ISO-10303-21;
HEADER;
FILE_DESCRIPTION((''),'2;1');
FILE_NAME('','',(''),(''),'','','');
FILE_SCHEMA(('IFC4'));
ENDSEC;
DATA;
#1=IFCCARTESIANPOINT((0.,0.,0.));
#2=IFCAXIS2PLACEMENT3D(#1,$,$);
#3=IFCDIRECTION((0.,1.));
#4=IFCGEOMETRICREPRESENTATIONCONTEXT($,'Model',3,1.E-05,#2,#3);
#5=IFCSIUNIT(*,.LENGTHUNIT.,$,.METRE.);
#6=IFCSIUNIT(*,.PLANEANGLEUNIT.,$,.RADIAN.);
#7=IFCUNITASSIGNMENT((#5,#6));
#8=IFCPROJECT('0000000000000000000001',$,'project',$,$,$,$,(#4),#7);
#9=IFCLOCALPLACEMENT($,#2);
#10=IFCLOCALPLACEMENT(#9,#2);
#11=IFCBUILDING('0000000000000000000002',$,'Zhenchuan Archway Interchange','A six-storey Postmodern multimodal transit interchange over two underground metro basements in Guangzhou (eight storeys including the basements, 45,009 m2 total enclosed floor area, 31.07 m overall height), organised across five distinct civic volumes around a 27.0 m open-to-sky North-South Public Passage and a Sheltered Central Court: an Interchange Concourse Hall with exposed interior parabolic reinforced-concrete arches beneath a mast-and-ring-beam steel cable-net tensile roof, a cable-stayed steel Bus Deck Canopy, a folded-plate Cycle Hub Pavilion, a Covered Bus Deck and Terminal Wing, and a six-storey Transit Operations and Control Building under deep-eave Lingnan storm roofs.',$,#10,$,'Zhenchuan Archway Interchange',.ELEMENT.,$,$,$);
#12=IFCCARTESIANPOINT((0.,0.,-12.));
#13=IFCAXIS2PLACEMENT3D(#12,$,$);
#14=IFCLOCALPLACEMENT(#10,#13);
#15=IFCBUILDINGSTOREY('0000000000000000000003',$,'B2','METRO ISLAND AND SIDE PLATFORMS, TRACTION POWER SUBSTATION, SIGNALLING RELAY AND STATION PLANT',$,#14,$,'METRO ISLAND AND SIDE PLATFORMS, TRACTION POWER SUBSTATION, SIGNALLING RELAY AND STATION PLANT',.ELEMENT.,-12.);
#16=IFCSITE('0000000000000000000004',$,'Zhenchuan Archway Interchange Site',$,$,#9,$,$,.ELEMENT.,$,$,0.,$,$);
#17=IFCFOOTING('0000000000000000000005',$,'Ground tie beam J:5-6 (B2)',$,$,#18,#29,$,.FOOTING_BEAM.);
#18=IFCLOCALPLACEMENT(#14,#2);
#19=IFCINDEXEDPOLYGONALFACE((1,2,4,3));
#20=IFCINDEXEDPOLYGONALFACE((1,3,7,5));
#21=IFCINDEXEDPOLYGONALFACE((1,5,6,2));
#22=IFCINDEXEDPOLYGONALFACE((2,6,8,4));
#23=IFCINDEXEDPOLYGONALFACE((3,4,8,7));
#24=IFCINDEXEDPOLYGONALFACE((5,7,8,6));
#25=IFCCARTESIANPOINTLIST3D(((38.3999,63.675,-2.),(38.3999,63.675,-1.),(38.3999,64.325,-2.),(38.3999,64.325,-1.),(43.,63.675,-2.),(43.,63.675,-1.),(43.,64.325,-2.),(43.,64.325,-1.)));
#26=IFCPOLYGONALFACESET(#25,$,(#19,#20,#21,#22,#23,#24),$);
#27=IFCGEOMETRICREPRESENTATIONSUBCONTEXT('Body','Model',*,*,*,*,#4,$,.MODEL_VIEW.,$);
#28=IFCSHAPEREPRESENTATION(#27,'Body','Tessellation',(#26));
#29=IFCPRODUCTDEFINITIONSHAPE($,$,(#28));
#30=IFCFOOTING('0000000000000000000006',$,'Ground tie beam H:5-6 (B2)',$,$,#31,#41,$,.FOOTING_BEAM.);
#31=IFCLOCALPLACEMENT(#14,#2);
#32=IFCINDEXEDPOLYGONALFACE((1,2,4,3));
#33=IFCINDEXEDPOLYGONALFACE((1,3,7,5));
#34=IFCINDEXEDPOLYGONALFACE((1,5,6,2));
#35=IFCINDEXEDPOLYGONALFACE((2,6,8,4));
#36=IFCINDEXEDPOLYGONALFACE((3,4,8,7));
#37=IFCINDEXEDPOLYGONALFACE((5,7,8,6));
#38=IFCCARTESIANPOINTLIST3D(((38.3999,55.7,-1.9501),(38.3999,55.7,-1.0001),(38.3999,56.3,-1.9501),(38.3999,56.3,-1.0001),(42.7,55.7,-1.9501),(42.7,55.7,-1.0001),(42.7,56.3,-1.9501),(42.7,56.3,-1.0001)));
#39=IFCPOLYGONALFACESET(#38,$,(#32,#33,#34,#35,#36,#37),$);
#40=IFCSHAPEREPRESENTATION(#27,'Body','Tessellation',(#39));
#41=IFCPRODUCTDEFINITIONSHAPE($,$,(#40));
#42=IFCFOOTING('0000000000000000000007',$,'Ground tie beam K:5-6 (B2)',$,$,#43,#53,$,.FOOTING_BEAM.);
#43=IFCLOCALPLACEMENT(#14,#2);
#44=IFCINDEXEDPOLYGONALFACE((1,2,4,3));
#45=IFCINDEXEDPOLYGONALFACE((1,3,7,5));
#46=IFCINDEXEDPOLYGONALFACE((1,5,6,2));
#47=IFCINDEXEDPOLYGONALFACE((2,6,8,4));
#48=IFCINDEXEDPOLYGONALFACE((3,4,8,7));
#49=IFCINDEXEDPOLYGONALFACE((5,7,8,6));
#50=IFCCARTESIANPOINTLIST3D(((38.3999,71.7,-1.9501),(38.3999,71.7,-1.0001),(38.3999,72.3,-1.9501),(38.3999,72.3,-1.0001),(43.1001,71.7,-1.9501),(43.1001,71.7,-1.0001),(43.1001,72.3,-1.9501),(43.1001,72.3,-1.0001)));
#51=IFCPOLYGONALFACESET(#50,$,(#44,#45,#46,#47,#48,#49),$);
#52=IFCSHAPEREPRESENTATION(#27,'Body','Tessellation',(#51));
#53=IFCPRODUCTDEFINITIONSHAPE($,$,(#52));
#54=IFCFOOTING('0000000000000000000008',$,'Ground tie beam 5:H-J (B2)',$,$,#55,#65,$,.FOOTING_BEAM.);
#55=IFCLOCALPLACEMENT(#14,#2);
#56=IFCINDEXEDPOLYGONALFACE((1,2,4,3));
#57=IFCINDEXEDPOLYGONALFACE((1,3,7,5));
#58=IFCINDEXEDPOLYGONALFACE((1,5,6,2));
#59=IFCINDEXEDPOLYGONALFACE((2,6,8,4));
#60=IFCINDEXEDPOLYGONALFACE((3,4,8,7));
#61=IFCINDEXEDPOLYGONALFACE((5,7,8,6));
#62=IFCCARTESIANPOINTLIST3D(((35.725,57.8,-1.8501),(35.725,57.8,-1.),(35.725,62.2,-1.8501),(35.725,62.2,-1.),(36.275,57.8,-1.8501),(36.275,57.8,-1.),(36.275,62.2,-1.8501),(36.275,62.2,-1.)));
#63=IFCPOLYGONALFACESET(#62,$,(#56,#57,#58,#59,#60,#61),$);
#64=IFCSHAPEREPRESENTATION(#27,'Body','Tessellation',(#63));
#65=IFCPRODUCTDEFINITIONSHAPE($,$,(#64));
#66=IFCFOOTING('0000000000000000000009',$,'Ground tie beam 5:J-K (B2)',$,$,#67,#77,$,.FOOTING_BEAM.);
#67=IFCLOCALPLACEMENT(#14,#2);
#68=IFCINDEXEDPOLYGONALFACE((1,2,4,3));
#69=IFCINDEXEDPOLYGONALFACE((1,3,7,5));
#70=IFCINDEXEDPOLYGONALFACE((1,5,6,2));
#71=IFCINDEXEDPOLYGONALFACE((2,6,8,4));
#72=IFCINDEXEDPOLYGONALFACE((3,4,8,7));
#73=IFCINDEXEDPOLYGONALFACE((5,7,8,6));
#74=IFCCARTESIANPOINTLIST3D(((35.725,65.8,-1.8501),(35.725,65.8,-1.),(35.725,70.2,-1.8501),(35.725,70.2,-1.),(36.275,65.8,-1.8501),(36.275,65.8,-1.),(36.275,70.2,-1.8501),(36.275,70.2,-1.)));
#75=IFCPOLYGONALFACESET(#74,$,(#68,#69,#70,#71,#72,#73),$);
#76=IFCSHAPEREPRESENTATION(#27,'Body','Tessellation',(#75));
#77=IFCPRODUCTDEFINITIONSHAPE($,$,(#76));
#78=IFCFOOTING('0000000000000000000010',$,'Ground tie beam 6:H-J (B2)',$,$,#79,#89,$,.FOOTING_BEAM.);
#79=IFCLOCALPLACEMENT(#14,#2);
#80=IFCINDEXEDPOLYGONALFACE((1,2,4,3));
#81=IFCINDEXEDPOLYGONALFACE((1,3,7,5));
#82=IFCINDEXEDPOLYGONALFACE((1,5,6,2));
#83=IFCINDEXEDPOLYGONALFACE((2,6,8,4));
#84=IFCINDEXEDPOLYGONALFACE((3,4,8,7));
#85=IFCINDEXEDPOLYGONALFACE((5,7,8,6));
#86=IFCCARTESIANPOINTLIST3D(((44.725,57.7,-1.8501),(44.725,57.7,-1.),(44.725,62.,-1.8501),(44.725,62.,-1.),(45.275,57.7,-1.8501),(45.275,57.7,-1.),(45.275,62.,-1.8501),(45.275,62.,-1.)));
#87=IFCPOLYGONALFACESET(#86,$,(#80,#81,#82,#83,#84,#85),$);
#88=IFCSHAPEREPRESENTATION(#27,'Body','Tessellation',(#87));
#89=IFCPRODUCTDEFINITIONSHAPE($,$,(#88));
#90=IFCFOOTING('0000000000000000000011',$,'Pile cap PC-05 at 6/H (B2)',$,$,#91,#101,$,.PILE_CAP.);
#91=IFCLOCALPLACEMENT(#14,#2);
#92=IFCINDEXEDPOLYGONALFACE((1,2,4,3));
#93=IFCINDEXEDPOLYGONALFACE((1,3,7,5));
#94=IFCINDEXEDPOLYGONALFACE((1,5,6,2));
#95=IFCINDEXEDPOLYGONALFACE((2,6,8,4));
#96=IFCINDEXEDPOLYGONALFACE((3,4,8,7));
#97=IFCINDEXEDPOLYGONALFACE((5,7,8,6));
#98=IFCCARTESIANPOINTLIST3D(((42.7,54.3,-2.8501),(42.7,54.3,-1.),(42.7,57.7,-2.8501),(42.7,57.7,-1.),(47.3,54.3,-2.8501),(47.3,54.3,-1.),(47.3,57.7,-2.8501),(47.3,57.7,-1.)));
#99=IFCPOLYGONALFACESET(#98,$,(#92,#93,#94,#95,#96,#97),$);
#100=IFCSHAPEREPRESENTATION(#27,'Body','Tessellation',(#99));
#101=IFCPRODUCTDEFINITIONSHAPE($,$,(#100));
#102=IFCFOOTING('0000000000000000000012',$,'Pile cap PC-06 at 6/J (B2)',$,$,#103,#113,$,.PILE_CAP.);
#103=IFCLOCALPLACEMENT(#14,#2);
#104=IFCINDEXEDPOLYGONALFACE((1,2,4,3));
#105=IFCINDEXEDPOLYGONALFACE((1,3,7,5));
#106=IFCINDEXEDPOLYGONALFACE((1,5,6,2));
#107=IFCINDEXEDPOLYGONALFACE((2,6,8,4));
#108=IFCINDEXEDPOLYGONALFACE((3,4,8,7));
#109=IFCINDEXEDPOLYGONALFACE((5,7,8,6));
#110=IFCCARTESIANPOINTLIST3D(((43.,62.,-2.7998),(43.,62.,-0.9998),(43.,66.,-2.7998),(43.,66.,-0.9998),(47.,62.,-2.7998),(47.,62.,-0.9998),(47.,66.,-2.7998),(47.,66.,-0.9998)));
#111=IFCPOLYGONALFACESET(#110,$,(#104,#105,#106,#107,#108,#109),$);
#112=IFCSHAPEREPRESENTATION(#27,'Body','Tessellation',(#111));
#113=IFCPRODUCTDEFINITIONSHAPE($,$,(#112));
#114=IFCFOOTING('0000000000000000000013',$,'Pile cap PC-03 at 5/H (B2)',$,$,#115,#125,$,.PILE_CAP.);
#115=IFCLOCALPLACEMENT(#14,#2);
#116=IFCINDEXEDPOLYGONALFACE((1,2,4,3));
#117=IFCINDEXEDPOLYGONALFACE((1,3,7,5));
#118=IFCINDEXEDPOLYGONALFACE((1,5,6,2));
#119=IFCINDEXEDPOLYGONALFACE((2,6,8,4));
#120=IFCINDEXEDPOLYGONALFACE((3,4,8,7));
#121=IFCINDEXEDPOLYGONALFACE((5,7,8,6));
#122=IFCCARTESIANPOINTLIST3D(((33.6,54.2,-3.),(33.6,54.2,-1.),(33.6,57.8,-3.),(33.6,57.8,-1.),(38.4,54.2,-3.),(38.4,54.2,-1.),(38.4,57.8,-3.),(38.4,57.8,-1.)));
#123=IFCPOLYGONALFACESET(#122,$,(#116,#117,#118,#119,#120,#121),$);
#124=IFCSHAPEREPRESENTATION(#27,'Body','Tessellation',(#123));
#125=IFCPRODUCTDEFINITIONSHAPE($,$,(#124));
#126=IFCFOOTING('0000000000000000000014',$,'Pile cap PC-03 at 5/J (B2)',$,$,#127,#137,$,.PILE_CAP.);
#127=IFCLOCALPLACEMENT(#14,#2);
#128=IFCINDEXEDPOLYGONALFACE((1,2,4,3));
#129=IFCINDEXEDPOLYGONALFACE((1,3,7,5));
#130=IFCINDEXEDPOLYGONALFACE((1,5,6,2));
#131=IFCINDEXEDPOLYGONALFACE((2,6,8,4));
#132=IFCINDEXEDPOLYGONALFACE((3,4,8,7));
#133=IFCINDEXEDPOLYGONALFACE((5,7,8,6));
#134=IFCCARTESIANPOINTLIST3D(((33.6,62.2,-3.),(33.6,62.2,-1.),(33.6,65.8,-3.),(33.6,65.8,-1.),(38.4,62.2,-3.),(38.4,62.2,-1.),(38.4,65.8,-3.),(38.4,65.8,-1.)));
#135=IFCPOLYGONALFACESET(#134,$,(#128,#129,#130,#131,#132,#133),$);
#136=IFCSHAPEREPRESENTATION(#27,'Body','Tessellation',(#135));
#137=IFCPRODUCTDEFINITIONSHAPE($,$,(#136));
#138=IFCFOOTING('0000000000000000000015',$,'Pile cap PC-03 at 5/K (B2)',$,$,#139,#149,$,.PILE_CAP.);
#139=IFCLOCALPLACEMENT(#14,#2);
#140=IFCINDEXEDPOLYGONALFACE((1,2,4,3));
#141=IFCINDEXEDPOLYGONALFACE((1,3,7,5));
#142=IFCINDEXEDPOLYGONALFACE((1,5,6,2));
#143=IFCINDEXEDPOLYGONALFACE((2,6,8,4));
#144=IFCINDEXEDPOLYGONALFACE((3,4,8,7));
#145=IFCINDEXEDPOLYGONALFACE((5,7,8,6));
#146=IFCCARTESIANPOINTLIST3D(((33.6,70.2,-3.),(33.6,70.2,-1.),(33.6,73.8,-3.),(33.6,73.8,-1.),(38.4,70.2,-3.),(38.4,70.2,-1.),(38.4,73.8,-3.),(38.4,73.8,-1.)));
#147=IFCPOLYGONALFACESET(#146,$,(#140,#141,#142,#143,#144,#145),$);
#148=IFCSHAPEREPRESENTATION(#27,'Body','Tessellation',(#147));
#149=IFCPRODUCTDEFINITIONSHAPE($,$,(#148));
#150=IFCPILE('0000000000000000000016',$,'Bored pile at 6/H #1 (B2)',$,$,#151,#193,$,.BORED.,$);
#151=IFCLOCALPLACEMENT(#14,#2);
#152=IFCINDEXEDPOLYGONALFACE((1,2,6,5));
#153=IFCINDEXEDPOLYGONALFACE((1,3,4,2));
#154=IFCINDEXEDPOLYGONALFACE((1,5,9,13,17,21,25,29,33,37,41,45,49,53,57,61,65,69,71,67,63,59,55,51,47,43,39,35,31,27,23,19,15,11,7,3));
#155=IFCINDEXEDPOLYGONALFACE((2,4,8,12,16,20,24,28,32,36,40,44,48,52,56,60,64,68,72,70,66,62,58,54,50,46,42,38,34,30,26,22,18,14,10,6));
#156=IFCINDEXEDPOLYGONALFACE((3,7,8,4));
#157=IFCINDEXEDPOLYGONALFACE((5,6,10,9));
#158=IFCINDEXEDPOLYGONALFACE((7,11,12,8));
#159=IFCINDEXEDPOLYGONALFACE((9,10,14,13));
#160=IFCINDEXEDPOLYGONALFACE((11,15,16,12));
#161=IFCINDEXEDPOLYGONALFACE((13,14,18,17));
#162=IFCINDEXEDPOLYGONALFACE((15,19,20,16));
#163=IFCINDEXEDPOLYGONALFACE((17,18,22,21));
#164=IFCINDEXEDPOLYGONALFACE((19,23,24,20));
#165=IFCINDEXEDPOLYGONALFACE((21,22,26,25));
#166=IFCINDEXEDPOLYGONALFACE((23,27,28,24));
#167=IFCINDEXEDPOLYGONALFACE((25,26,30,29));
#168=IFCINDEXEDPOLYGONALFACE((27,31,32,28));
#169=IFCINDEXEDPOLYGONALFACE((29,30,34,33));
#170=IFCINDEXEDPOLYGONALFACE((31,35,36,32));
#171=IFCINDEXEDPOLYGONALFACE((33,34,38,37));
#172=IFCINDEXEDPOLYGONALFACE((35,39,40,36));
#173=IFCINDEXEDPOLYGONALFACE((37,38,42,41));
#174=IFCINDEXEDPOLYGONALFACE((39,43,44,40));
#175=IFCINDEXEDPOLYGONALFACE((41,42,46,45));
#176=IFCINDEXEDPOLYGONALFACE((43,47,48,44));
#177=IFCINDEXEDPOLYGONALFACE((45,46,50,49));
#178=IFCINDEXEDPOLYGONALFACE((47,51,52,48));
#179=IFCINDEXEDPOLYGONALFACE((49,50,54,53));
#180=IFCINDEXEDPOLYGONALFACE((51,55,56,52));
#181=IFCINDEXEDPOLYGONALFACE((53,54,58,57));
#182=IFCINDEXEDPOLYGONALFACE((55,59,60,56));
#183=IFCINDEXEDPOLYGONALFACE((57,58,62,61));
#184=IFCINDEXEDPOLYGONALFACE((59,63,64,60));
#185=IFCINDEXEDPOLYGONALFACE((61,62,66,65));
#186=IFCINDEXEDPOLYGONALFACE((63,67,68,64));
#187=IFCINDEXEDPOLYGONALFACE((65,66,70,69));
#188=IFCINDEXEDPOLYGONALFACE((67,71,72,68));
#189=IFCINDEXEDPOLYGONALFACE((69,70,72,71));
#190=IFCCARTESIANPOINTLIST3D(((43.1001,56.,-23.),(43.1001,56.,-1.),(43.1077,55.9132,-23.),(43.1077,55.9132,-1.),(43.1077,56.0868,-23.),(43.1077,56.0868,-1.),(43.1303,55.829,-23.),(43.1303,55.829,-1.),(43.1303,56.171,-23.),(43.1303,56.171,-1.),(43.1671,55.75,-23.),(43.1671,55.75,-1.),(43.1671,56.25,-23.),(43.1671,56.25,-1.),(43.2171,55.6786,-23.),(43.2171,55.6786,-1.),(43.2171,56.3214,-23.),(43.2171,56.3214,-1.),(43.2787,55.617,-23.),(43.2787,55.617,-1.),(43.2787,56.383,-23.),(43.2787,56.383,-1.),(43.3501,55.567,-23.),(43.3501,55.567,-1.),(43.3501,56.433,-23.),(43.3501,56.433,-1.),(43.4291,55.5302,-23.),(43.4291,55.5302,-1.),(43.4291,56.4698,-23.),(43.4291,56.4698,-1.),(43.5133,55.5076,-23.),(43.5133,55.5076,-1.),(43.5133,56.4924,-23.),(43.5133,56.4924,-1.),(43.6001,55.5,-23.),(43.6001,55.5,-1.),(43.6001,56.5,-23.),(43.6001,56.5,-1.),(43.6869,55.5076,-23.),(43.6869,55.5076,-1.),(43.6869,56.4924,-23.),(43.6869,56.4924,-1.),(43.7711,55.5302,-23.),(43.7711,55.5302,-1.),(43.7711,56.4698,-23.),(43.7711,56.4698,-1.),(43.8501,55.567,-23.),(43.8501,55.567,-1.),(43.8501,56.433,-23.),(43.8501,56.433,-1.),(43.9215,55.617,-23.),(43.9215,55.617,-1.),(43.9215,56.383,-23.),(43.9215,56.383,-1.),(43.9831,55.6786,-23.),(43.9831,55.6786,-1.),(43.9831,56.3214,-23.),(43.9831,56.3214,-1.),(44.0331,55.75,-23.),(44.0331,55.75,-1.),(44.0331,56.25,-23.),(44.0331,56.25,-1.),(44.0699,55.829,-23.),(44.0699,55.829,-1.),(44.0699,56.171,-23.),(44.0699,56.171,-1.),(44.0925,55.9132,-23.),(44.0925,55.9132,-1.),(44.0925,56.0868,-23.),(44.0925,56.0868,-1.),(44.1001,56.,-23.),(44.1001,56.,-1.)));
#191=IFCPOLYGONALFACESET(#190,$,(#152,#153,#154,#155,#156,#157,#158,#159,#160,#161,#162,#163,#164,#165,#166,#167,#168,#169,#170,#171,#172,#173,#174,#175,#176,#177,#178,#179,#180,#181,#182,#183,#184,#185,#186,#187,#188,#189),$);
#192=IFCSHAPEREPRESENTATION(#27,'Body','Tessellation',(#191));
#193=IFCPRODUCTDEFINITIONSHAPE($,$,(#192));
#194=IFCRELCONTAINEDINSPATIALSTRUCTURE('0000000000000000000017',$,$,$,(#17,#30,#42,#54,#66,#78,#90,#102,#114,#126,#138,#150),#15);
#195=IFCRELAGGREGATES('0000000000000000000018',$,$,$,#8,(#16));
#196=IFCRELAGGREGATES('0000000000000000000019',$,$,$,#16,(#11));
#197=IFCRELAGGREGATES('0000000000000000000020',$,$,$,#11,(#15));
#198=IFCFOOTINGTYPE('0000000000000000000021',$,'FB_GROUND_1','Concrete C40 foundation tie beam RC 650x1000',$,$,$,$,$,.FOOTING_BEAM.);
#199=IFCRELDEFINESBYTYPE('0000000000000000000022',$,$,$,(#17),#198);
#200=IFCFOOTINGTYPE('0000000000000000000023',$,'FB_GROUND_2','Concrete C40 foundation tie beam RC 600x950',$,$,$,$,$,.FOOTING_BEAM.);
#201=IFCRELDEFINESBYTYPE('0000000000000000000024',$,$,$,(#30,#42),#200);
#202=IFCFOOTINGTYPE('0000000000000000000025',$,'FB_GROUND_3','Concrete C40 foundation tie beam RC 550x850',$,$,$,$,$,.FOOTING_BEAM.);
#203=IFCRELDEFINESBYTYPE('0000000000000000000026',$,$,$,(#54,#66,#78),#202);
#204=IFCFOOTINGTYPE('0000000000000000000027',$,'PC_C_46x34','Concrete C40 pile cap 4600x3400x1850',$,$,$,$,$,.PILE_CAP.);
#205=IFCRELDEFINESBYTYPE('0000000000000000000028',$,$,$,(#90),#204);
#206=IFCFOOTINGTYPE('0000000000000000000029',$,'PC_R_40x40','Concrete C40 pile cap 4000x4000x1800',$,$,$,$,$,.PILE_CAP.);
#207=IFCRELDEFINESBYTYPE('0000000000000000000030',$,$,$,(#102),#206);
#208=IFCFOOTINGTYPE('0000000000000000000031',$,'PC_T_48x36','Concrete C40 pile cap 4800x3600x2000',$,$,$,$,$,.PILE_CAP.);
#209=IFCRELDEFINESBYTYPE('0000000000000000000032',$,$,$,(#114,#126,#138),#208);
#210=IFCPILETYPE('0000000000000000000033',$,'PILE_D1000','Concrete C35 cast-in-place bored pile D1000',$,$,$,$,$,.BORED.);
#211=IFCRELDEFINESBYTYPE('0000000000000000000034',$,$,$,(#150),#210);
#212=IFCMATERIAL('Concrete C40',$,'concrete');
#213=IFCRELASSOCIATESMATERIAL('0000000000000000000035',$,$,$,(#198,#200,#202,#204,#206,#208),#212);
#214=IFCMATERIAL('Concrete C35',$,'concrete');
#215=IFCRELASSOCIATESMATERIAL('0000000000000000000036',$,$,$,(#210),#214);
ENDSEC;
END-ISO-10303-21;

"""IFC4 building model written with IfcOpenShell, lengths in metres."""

from ifc_helpers import new_model, si_unit, direction, frame, origin, origin_2d, place, context, subcontext, project, spatial, rectangle, circle, extrude, material, material_profile, profile_set, type_object, element, save


model = new_model("IFC4")

# Units and contexts
model_context = context("Model", 3, precision=1e-05, world=origin(), true_north=direction((0.0, 1.0)))
body_context = subcontext(model_context, "Body", "Model", "MODEL_VIEW")
ifc_project = project(units=[si_unit("LENGTHUNIT", "METRE"), si_unit("PLANEANGLEUNIT", "RADIAN")], contexts=[model_context])

# Site, building, storey
site_placement = place(None, origin())
site = spatial("IfcSite", under=ifc_project, at=site_placement, Name="Zhenchuan Archway Interchange Site", CompositionType="ELEMENT", RefElevation=0.0)
building_placement = place(site_placement, origin())
building = spatial("IfcBuilding", under=site, at=building_placement, Name="Zhenchuan Archway Interchange", Description="A six-storey Postmodern multimodal transit interchange over two underground metro basements in Guangzhou (eight storeys including the basements, 45,009 m2 total enclosed floor area, 31.07 m overall height), organised across five distinct civic volumes around a 27.0 m open-to-sky North-South Public Passage and a Sheltered Central Court: an Interchange Concourse Hall with exposed interior parabolic reinforced-concrete arches beneath a mast-and-ring-beam steel cable-net tensile roof, a cable-stayed steel Bus Deck Canopy, a folded-plate Cycle Hub Pavilion, a Covered Bus Deck and Terminal Wing, and a six-storey Transit Operations and Control Building under deep-eave Lingnan storm roofs.", LongName="Zhenchuan Archway Interchange", CompositionType="ELEMENT")
storey_placement = place(building_placement, frame((0.0, 0.0, -12.0)))
storey = spatial("IfcBuildingStorey", under=building, at=storey_placement, Name="B2", Description="METRO ISLAND AND SIDE PLATFORMS, TRACTION POWER SUBSTATION, SIGNALLING RELAY AND STATION PLANT", LongName="METRO ISLAND AND SIDE PLATFORMS, TRACTION POWER SUBSTATION, SIGNALLING RELAY AND STATION PLANT", CompositionType="ELEMENT", Elevation=-12.0)

# Footings
ifc_material_1 = material(Name="Concrete C40", Category="concrete")
ifc_material_profile_1 = material_profile(ifc_material_1, rectangle(XDim=0.6499, YDim=1.0, at=origin_2d()), Name="RC 650x1000")
ifc_profile_set_1 = profile_set([ifc_material_profile_1], Name="Concrete C40")
footing_type_1 = type_object("IfcFootingType", Name="FB_GROUND_1", Description="Concrete C40 foundation tie beam RC 650x1000", PredefinedType="FOOTING_BEAM", material=ifc_profile_set_1)
footing_1_placement = place(storey_placement, frame((38.3999, 64.0, -1.5), z_axis=(1.0, 0.0, 0.0), x_axis=(0.0, 1.0, 0.0)))
element("IfcFooting", 1, at=footing_1_placement, inside=storey, type_object=footing_type_1, Name="Ground tie beam J:5-6 (B2)", PredefinedType="FOOTING_BEAM", context=body_context, shape_type="SweptSolid", body=[
    extrude(rectangle(XDim=0.6499, YDim=1.0, at=origin_2d()), origin(), (0.0, 0.0, 1.0), 4.6001),
])
ifc_material_profile_2 = material_profile(ifc_material_1, rectangle(XDim=0.6001, YDim=0.95, at=origin_2d()), Name="RC 600x950")
ifc_profile_set_2 = profile_set([ifc_material_profile_2], Name="Concrete C40")
footing_type_2 = type_object("IfcFootingType", Name="FB_GROUND_2", Description="Concrete C40 foundation tie beam RC 600x950", PredefinedType="FOOTING_BEAM", material=ifc_profile_set_2)
footing_2_placement = place(storey_placement, frame((38.3999, 56.0, -1.4751), z_axis=(1.0, 0.0, 0.0), x_axis=(0.0, 1.0, 0.0)))
element("IfcFooting", 2, at=footing_2_placement, inside=storey, type_object=footing_type_2, Name="Ground tie beam H:5-6 (B2)", PredefinedType="FOOTING_BEAM", context=body_context, shape_type="SweptSolid", body=[
    extrude(rectangle(XDim=0.6001, YDim=0.95, at=origin_2d()), origin(), (0.0, 0.0, 1.0), 4.3),
])
footing_3_placement = place(storey_placement, frame((38.3999, 72.0, -1.4751), z_axis=(1.0, 0.0, 0.0), x_axis=(0.0, 1.0, 0.0)))
element("IfcFooting", 3, at=footing_3_placement, inside=storey, type_object=footing_type_2, Name="Ground tie beam K:5-6 (B2)", PredefinedType="FOOTING_BEAM", context=body_context, shape_type="SweptSolid", body=[
    extrude(rectangle(XDim=0.6001, YDim=0.95, at=origin_2d()), origin(), (0.0, 0.0, 1.0), 4.7002),
])
ifc_material_profile_3 = material_profile(ifc_material_1, rectangle(XDim=0.55, YDim=0.8501, at=origin_2d()), Name="RC 550x850")
ifc_profile_set_3 = profile_set([ifc_material_profile_3], Name="Concrete C40")
footing_type_3 = type_object("IfcFootingType", Name="FB_GROUND_3", Description="Concrete C40 foundation tie beam RC 550x850", PredefinedType="FOOTING_BEAM", material=ifc_profile_set_3)
for number, where, z_axis, x_axis, name in (
    (4, (36.0, 57.8, -1.425), (0.0, 1.0, 0.0), (-1.0, 0.0, 0.0), "Ground tie beam 5:H-J (B2)"),
    (5, (36.0, 65.8, -1.425), (0.0, 1.0, 0.0), (-1.0, 0.0, 0.0), "Ground tie beam 5:J-K (B2)"),
):
    element("IfcFooting", number, at=place(storey_placement, frame(where, z_axis=z_axis, x_axis=x_axis)), inside=storey, type_object=footing_type_3, Name=name, PredefinedType="FOOTING_BEAM", context=body_context, shape_type="SweptSolid", body=[
        extrude(rectangle(XDim=0.55, YDim=0.8501, at=origin_2d()), origin(), (0.0, 0.0, 1.0), 4.3999),
    ])
footing_4_placement = place(storey_placement, frame((45.0, 57.7, -1.425), z_axis=(0.0, 1.0, 0.0), x_axis=(-1.0, 0.0, 0.0)))
element("IfcFooting", 6, at=footing_4_placement, inside=storey, type_object=footing_type_3, Name="Ground tie beam 6:H-J (B2)", PredefinedType="FOOTING_BEAM", context=body_context, shape_type="SweptSolid", body=[
    extrude(rectangle(XDim=0.55, YDim=0.8501, at=origin_2d()), origin(), (0.0, 0.0, 1.0), 4.3),
])
footing_type_4 = type_object("IfcFootingType", Name="PC_C_46x34", Description="Concrete C40 pile cap 4600x3400x1850", PredefinedType="PILE_CAP", material=ifc_material_1)
footing_5_placement = place(storey_placement, frame((45.0, 56.0, -2.8501), z_axis=(0.0, 0.0, 1.0), x_axis=(1.0, 0.0, 0.0)))
element("IfcFooting", 7, at=footing_5_placement, inside=storey, type_object=footing_type_4, Name="Pile cap PC-05 at 6/H (B2)", PredefinedType="PILE_CAP", context=body_context, shape_type="SweptSolid", body=[
    extrude(rectangle(XDim=4.6001, YDim=3.3999, at=origin_2d()), origin(), (0.0, 0.0, 1.0), 1.8501),
])
footing_type_5 = type_object("IfcFootingType", Name="PC_R_40x40", Description="Concrete C40 pile cap 4000x4000x1800", PredefinedType="PILE_CAP", material=ifc_material_1)
footing_6_placement = place(storey_placement, frame((45.0, 64.0, -2.7998), z_axis=(0.0, 0.0, 1.0), x_axis=(1.0, 0.0, 0.0)))
element("IfcFooting", 8, at=footing_6_placement, inside=storey, type_object=footing_type_5, Name="Pile cap PC-06 at 6/J (B2)", PredefinedType="PILE_CAP", context=body_context, shape_type="SweptSolid", body=[
    extrude(rectangle(XDim=4.0, YDim=4.0, at=origin_2d()), origin(), (0.0, 0.0, 1.0), 1.8),
])
footing_type_6 = type_object("IfcFootingType", Name="PC_T_48x36", Description="Concrete C40 pile cap 4800x3600x2000", PredefinedType="PILE_CAP", material=ifc_material_1)
for number, where, z_axis, x_axis, name in (
    (9, (36.0, 56.0, -3.0), (0.0, 0.0, 1.0), (1.0, 0.0, 0.0), "Pile cap PC-03 at 5/H (B2)"),
    (10, (36.0, 64.0, -3.0), (0.0, 0.0, 1.0), (1.0, 0.0, 0.0), "Pile cap PC-03 at 5/J (B2)"),
    (11, (36.0, 72.0, -3.0), (0.0, 0.0, 1.0), (1.0, 0.0, 0.0), "Pile cap PC-03 at 5/K (B2)"),
):
    element("IfcFooting", number, at=place(storey_placement, frame(where, z_axis=z_axis, x_axis=x_axis)), inside=storey, type_object=footing_type_6, Name=name, PredefinedType="PILE_CAP", context=body_context, shape_type="SweptSolid", body=[
        extrude(rectangle(XDim=4.8, YDim=3.6001, at=origin_2d()), origin(), (0.0, 0.0, 1.0), 2.0),
    ])

# Pile
ifc_material_2 = material(Name="Concrete C35", Category="concrete")
ifc_material_profile_4 = material_profile(ifc_material_2, circle(Radius=0.5, at=origin_2d()), Name="BORED PILE 1000")
ifc_profile_set_4 = profile_set([ifc_material_profile_4], Name="Concrete C35")
pile_type_1 = type_object("IfcPileType", Name="PILE_D1000", Description="Concrete C35 cast-in-place bored pile D1000", PredefinedType="BORED", material=ifc_profile_set_4)
for number, where, z_axis, x_axis, name in (
    (12, (43.6001, 56.0, -1.0), (0.0, 0.0, -1.0), (1.0, 0.0, 0.0), "Bored pile at 6/H #1 (B2)"),
):
    element("IfcPile", number, at=place(storey_placement, frame(where, z_axis=z_axis, x_axis=x_axis)), inside=storey, type_object=pile_type_1, Name=name, PredefinedType="BORED", context=body_context, shape_type="SweptSolid", body=[
        extrude(circle(Radius=0.5, at=origin_2d()), origin(), (0.0, 0.0, 1.0), 22.0),
    ])

save(model, "model.ifc")
